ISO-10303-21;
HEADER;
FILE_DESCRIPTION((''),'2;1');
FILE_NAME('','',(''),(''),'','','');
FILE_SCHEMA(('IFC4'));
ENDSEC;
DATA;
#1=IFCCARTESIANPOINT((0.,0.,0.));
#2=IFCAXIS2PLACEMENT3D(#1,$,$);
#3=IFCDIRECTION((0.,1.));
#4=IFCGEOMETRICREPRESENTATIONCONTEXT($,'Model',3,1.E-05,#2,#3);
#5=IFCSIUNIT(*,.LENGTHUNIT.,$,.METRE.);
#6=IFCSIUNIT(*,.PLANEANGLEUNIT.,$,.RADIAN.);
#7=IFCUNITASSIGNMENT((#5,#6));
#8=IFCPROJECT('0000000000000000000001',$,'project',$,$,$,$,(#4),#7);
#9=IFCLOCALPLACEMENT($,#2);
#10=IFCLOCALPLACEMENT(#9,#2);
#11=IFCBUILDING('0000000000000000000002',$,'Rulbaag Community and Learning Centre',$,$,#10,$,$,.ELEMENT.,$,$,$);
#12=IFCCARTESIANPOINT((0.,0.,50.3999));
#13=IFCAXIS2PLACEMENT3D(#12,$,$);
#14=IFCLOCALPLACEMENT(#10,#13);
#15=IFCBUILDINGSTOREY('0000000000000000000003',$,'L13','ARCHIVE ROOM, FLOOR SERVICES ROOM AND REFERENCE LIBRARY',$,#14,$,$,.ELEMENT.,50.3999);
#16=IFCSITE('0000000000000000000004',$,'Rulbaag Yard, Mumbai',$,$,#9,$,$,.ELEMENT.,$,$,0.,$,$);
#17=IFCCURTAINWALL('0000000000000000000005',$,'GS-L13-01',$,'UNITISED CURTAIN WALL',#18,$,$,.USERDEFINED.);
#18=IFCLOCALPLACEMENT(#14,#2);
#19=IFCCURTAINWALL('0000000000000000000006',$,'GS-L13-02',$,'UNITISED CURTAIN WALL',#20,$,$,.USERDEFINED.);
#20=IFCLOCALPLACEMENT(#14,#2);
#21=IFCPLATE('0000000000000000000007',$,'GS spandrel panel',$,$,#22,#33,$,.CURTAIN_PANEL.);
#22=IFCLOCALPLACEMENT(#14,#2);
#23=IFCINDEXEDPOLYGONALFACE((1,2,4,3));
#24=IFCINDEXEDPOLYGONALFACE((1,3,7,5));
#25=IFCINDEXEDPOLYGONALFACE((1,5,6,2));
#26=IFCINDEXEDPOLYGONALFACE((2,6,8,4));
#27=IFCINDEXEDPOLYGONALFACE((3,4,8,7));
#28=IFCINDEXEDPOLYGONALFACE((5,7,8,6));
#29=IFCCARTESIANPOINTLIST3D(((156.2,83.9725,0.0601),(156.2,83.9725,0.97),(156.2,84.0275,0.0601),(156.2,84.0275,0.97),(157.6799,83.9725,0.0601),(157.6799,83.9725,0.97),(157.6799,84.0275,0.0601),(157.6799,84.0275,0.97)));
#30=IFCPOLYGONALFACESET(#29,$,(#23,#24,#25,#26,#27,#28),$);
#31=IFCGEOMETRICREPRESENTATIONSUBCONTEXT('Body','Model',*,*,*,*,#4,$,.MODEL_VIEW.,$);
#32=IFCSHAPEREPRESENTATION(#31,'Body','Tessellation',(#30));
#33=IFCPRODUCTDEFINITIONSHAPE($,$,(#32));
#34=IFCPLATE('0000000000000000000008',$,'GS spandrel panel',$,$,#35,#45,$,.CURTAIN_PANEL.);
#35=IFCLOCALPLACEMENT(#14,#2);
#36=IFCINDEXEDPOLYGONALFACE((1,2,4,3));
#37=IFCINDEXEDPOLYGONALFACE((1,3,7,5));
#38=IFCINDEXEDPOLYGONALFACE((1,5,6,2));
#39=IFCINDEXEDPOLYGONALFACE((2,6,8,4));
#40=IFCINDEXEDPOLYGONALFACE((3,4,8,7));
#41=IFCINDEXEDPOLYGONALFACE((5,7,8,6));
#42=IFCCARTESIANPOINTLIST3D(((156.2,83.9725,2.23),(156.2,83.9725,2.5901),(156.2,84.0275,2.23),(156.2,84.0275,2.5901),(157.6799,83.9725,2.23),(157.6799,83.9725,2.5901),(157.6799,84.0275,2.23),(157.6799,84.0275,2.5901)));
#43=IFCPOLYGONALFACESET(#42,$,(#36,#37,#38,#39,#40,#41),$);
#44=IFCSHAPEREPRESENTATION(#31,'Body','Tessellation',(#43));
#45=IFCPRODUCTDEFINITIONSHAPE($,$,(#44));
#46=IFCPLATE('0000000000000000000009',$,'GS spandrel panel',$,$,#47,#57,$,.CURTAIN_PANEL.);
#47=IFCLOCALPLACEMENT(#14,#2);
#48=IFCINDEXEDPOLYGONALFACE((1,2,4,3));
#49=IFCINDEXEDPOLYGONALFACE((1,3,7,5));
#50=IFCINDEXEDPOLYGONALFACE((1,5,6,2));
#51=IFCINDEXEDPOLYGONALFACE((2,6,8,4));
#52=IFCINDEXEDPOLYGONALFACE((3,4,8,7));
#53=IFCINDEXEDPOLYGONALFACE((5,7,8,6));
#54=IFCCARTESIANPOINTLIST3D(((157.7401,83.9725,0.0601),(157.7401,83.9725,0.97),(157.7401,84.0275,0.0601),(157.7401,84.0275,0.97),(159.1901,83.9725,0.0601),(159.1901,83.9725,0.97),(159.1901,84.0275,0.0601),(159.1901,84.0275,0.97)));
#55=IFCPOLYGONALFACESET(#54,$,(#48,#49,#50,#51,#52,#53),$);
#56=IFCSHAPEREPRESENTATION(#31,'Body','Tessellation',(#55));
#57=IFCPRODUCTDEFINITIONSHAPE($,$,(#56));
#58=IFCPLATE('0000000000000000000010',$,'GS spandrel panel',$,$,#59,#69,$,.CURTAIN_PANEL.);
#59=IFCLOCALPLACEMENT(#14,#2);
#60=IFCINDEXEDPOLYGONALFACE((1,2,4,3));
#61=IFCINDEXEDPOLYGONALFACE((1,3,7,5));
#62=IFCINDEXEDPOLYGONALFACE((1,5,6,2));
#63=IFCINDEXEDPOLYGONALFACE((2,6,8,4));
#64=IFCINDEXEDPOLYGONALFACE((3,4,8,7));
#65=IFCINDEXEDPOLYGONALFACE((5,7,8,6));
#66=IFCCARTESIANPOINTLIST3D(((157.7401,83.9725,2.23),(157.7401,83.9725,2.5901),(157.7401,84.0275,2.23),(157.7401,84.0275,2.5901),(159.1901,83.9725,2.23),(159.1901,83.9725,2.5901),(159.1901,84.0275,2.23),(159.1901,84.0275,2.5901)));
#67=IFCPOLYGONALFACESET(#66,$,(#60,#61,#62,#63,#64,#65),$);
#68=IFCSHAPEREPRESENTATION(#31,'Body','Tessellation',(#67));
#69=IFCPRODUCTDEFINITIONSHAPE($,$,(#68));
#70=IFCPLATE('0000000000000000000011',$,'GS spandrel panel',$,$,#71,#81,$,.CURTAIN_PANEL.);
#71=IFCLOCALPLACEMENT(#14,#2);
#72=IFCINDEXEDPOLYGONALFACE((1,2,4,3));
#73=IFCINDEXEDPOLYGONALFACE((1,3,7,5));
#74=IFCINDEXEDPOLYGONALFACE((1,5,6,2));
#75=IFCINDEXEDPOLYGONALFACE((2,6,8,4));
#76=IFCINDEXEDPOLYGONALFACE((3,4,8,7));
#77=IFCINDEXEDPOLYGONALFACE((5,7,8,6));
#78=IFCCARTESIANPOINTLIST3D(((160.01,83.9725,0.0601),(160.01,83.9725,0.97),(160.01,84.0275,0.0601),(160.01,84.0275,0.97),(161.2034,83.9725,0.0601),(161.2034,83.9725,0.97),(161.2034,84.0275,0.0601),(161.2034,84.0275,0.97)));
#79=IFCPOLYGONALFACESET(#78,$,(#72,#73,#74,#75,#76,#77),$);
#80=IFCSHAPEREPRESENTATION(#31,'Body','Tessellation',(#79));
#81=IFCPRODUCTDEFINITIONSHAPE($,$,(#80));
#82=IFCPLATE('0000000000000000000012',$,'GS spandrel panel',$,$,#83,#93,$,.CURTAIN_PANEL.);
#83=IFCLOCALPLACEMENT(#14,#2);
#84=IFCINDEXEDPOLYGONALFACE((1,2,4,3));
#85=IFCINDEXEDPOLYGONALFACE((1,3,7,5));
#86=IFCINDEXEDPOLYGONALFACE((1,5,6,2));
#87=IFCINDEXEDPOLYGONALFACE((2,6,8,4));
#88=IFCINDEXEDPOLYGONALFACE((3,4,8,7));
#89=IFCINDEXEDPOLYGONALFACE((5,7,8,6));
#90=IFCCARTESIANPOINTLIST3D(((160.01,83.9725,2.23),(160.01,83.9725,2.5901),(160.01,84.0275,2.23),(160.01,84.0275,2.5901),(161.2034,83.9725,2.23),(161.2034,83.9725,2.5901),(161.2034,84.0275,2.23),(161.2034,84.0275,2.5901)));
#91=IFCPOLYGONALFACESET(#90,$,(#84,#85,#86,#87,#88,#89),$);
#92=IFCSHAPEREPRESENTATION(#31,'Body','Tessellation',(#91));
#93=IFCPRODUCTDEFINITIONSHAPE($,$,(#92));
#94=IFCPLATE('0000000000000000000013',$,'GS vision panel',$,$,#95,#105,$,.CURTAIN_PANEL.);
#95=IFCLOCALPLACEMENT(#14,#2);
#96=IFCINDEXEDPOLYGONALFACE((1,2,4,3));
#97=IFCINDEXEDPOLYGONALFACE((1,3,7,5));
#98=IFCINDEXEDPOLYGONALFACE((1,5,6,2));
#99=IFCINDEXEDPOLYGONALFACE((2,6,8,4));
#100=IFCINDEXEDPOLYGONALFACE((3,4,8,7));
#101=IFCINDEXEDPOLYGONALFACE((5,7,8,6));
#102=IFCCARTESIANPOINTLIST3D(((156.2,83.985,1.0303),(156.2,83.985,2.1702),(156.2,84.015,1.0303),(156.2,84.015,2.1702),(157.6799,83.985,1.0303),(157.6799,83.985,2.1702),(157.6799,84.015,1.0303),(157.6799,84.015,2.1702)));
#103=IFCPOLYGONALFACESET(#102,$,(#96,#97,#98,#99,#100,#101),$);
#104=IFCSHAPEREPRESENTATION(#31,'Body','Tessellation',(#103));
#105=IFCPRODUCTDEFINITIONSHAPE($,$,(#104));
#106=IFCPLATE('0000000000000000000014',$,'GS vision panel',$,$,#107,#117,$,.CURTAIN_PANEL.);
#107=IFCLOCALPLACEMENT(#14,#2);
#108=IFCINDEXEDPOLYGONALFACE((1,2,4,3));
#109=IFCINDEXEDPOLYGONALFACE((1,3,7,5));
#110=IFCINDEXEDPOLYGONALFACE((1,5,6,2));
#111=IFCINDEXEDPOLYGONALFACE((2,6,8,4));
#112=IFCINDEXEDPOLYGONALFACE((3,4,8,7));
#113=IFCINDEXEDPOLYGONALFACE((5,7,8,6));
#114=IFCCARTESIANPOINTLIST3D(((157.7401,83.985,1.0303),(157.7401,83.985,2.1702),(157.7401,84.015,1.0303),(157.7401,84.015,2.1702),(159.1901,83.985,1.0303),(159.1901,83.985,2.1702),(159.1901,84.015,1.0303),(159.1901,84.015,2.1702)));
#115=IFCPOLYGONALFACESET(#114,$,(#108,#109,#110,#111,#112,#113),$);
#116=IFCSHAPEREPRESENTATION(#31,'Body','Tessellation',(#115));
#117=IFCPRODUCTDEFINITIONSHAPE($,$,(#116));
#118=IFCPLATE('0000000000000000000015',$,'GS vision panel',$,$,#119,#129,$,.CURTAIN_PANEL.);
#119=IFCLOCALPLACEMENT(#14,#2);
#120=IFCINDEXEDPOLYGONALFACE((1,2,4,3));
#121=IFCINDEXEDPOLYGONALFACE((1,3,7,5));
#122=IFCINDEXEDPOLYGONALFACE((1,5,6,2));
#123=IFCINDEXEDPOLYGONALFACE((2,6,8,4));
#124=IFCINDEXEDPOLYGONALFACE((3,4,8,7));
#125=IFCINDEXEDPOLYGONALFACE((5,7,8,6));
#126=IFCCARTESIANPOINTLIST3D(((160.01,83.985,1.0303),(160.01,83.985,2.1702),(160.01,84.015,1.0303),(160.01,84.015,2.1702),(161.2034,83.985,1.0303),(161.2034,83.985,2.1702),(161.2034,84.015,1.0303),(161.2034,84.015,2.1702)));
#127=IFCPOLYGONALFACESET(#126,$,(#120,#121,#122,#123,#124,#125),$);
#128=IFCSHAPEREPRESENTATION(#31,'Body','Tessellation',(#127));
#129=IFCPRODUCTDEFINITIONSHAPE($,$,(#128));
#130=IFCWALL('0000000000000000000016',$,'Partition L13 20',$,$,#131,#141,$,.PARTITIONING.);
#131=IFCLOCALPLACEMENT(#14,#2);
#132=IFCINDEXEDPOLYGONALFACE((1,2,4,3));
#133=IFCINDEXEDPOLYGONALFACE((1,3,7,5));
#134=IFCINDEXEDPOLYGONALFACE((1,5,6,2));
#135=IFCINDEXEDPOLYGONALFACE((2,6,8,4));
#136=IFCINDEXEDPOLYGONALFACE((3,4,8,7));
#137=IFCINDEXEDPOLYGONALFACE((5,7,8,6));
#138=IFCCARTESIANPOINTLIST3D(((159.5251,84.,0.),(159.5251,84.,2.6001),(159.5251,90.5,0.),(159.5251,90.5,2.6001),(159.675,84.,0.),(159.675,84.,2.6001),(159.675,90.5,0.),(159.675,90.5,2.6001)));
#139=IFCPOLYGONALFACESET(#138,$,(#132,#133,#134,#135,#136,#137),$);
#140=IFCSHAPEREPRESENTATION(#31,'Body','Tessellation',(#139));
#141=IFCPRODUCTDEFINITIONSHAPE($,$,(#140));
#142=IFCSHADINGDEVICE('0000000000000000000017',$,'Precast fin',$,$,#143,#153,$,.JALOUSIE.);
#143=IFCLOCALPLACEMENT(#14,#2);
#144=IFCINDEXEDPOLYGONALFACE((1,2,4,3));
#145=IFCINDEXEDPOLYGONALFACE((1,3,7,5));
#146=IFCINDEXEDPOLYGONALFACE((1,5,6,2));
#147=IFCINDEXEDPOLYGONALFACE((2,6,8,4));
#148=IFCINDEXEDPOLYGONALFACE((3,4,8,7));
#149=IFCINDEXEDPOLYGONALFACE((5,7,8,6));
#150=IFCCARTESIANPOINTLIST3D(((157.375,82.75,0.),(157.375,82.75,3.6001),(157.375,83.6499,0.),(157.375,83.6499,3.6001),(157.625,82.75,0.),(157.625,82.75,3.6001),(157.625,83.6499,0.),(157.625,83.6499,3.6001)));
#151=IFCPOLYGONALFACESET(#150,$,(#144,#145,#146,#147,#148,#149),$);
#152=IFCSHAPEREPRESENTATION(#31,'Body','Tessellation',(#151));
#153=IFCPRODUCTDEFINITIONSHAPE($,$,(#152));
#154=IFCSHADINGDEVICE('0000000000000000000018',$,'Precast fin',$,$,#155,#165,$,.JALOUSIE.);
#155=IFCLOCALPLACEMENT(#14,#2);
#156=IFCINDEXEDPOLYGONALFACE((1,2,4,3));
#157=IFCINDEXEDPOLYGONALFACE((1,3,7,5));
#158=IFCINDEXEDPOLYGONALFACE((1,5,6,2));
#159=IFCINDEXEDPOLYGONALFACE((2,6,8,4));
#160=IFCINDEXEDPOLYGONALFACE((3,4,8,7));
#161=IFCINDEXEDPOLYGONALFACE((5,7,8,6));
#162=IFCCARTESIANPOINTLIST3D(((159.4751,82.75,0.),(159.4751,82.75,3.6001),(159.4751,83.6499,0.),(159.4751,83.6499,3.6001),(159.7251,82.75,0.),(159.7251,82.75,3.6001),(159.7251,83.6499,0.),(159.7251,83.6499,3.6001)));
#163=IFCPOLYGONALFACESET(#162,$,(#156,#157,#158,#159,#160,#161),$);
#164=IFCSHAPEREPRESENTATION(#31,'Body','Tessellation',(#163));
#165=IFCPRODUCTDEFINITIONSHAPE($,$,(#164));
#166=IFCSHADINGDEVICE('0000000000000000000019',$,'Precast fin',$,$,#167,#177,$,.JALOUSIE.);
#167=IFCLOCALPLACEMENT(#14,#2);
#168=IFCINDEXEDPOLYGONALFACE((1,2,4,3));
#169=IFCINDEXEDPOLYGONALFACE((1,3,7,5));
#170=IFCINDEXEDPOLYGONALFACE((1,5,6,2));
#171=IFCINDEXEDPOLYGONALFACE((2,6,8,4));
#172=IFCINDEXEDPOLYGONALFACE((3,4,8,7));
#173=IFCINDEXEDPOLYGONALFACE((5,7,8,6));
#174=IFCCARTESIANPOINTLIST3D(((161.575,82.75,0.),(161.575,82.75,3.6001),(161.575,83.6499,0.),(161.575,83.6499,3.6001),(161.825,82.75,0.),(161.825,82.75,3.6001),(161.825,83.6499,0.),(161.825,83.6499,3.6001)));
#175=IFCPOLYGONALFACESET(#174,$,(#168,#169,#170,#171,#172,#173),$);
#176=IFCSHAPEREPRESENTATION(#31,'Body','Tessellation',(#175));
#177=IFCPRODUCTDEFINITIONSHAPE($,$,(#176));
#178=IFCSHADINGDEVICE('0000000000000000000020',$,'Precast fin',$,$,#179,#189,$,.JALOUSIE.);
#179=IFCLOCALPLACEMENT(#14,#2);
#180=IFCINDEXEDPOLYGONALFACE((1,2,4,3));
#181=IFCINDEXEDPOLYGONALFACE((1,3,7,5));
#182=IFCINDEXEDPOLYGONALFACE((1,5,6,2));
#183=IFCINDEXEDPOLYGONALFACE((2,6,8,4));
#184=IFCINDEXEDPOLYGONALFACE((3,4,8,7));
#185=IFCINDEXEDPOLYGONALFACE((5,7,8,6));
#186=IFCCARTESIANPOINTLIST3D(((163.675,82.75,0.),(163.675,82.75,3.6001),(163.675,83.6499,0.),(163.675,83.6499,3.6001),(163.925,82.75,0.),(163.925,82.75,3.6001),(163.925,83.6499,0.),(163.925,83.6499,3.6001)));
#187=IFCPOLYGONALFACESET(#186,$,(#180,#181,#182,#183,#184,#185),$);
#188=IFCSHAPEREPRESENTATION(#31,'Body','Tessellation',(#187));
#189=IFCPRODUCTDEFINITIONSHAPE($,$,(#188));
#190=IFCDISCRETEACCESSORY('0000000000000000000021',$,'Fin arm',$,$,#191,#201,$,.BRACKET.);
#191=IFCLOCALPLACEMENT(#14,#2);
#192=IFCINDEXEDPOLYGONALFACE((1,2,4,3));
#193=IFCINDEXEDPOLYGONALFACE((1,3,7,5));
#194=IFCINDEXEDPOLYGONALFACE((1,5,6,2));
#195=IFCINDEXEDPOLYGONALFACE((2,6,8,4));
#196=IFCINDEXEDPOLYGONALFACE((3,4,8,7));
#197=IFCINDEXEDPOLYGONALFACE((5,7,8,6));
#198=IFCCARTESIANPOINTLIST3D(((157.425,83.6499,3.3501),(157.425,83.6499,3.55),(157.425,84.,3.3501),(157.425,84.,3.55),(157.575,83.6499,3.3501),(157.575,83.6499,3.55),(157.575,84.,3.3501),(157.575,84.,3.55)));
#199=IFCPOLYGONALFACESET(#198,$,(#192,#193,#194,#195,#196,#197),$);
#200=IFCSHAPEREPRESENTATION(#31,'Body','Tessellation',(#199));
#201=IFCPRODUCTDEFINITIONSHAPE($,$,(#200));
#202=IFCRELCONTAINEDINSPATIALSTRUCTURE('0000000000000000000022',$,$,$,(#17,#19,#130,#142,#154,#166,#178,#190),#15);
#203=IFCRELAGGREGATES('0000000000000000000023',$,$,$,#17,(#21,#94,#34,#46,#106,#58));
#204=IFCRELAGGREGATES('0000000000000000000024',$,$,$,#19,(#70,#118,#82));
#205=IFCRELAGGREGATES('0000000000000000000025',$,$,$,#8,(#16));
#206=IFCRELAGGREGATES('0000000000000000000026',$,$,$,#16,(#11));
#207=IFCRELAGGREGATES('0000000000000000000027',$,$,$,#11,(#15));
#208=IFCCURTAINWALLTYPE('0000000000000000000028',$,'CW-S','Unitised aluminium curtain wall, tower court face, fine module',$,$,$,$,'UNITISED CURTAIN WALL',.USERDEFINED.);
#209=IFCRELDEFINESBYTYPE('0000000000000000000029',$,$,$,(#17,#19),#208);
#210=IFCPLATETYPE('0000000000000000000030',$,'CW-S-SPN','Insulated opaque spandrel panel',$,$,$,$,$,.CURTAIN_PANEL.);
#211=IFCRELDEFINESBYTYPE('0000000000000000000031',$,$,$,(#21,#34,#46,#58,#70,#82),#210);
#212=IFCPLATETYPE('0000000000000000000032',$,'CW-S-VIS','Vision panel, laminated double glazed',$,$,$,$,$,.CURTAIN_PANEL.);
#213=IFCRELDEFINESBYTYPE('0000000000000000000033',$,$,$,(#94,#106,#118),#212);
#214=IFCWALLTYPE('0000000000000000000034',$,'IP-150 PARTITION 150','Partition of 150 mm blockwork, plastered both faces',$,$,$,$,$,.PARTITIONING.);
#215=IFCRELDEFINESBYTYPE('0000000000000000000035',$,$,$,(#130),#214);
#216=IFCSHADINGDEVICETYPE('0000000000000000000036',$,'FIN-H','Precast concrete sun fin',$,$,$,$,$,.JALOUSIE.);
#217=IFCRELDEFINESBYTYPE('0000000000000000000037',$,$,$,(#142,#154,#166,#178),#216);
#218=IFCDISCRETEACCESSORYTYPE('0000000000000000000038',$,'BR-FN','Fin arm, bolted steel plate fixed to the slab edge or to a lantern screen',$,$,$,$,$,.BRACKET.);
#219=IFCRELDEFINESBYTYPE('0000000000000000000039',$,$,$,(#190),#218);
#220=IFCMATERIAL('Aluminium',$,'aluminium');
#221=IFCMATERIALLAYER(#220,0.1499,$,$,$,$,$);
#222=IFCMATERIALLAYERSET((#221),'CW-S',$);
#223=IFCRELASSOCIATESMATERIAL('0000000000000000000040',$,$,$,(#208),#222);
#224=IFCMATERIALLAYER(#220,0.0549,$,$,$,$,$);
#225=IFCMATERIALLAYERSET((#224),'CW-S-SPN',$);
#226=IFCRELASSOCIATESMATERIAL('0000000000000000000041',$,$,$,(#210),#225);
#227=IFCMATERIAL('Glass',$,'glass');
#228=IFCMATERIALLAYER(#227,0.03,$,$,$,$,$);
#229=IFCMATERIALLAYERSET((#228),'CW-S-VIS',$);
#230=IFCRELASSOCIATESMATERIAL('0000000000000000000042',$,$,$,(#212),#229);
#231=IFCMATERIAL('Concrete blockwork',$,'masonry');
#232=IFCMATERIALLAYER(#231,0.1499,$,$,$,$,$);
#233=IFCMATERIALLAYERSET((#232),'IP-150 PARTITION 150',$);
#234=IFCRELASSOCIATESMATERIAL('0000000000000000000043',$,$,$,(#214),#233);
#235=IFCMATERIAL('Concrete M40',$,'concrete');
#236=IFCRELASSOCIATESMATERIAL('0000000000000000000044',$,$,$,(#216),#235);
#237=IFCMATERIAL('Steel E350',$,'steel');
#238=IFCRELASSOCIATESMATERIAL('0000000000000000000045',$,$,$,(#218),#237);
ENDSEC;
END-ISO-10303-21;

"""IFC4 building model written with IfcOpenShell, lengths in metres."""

from ifc_helpers import new_model, si_unit, direction, frame, frame_2d, origin, origin_2d, place, context, subcontext, project, spatial, rectangle, extrude, material, layer, layer_set, material_profile, profile_set, type_object, element, aggregate, save


model = new_model("IFC4")

# Units and contexts
model_context = context("Model", 3, precision=1e-05, world=origin(), true_north=direction((0.0, 1.0)))
body_context = subcontext(model_context, "Body", "Model", "MODEL_VIEW")
ifc_project = project(units=[si_unit("LENGTHUNIT", "METRE"), si_unit("PLANEANGLEUNIT", "RADIAN")], contexts=[model_context])

# Site, building, storey
site_placement = place(None, origin())
site = spatial("IfcSite", under=ifc_project, at=site_placement, Name="Rulbaag Yard, Mumbai", CompositionType="ELEMENT", RefElevation=0.0)
building_placement = place(site_placement, origin())
building = spatial("IfcBuilding", under=site, at=building_placement, Name="Rulbaag Community and Learning Centre", CompositionType="ELEMENT")
storey_placement = place(building_placement, frame((0.0, 0.0, 50.3999)))
storey = spatial("IfcBuildingStorey", under=building, at=storey_placement, Name="L13", Description="ARCHIVE ROOM, FLOOR SERVICES ROOM AND REFERENCE LIBRARY", CompositionType="ELEMENT", Elevation=50.3999)

# Shared definitions
ifc_material_1 = material(Name="Concrete M40", Category="concrete")

# Curtain walls
ifc_material_2 = material(Name="Aluminium", Category="aluminium")
ifc_layer_1 = layer(ifc_material_2, 0.1499)
ifc_layer_set_1 = layer_set([ifc_layer_1], Name="CW-S")
curtain_wall_type = type_object("IfcCurtainWallType", Name="CW-S", Description="Unitised aluminium curtain wall, tower court face, fine module", ElementType="UNITISED CURTAIN WALL", PredefinedType="USERDEFINED", material=ifc_layer_set_1)
curtain_wall_1_placement = place(storey_placement, origin())
curtain_wall_1 = element("IfcCurtainWall", 1, at=curtain_wall_1_placement, inside=storey, type_object=curtain_wall_type, Name="GS-L13-01", ObjectType="UNITISED CURTAIN WALL", PredefinedType="USERDEFINED")
curtain_wall_2_placement = place(storey_placement, origin())
curtain_wall_2 = element("IfcCurtainWall", 2, at=curtain_wall_2_placement, inside=storey, type_object=curtain_wall_type, Name="GS-L13-02", ObjectType="UNITISED CURTAIN WALL", PredefinedType="USERDEFINED")

# Plates
ifc_layer_2 = layer(ifc_material_2, 0.0549)
ifc_layer_set_2 = layer_set([ifc_layer_2], Name="CW-S-SPN")
plate_type_1 = type_object("IfcPlateType", Name="CW-S-SPN", Description="Insulated opaque spandrel panel", PredefinedType="CURTAIN_PANEL", material=ifc_layer_set_2)
plate_1_placement = place(storey_placement, frame((156.9399, 84.0, 0.0601), z_axis=(0.0, 0.0, 1.0), x_axis=(1.0, 0.0, 0.0)))
plate_1 = element("IfcPlate", 3, at=plate_1_placement, type_object=plate_type_1, Name="GS spandrel panel", PredefinedType="CURTAIN_PANEL", context=body_context, shape_type="SweptSolid", body=[
    extrude(rectangle(XDim=1.48, YDim=0.0549, at=origin_2d()), origin(), (0.0, 0.0, 1.0), 0.9099),
])
plate_2_placement = place(storey_placement, frame((156.9399, 84.0, 2.23), z_axis=(0.0, 0.0, 1.0), x_axis=(1.0, 0.0, 0.0)))
plate_2 = element("IfcPlate", 4, at=plate_2_placement, type_object=plate_type_1, Name="GS spandrel panel", PredefinedType="CURTAIN_PANEL", context=body_context, shape_type="SweptSolid", body=[
    extrude(rectangle(XDim=1.48, YDim=0.0549, at=origin_2d()), origin(), (0.0, 0.0, 1.0), 0.3601),
])
plate_3_placement = place(storey_placement, frame((158.4651, 84.0, 0.0601), z_axis=(0.0, 0.0, 1.0), x_axis=(1.0, 0.0, 0.0)))
plate_3 = element("IfcPlate", 5, at=plate_3_placement, type_object=plate_type_1, Name="GS spandrel panel", PredefinedType="CURTAIN_PANEL", context=body_context, shape_type="SweptSolid", body=[
    extrude(rectangle(XDim=1.45, YDim=0.0549, at=origin_2d()), origin(), (0.0, 0.0, 1.0), 0.9099),
])
plate_4_placement = place(storey_placement, frame((158.4651, 84.0, 2.23), z_axis=(0.0, 0.0, 1.0), x_axis=(1.0, 0.0, 0.0)))
plate_4 = element("IfcPlate", 6, at=plate_4_placement, type_object=plate_type_1, Name="GS spandrel panel", PredefinedType="CURTAIN_PANEL", context=body_context, shape_type="SweptSolid", body=[
    extrude(rectangle(XDim=1.45, YDim=0.0549, at=origin_2d()), origin(), (0.0, 0.0, 1.0), 0.3601),
])
plate_5_placement = place(storey_placement, frame((160.6067, 84.0, 0.0601), z_axis=(0.0, 0.0, 1.0), x_axis=(1.0, 0.0, 0.0)))
plate_5 = element("IfcPlate", 7, at=plate_5_placement, type_object=plate_type_1, Name="GS spandrel panel", PredefinedType="CURTAIN_PANEL", context=body_context, shape_type="SweptSolid", body=[
    extrude(rectangle(XDim=1.1934, YDim=0.0549, at=origin_2d()), origin(), (0.0, 0.0, 1.0), 0.9099),
])
plate_6_placement = place(storey_placement, frame((160.6067, 84.0, 2.23), z_axis=(0.0, 0.0, 1.0), x_axis=(1.0, 0.0, 0.0)))
plate_6 = element("IfcPlate", 8, at=plate_6_placement, type_object=plate_type_1, Name="GS spandrel panel", PredefinedType="CURTAIN_PANEL", context=body_context, shape_type="SweptSolid", body=[
    extrude(rectangle(XDim=1.1934, YDim=0.0549, at=origin_2d()), origin(), (0.0, 0.0, 1.0), 0.3601),
])
ifc_material_3 = material(Name="Glass", Category="glass")
ifc_layer_3 = layer(ifc_material_3, 0.03)
ifc_layer_set_3 = layer_set([ifc_layer_3], Name="CW-S-VIS")
plate_type_2 = type_object("IfcPlateType", Name="CW-S-VIS", Description="Vision panel, laminated double glazed", PredefinedType="CURTAIN_PANEL", material=ifc_layer_set_3)
plate_7_placement = place(storey_placement, frame((156.9399, 84.0, 1.0303), z_axis=(0.0, 0.0, 1.0), x_axis=(1.0, 0.0, 0.0)))
plate_7 = element("IfcPlate", 9, at=plate_7_placement, type_object=plate_type_2, Name="GS vision panel", PredefinedType="CURTAIN_PANEL", context=body_context, shape_type="SweptSolid", body=[
    extrude(rectangle(XDim=1.48, YDim=0.03, at=origin_2d()), origin(), (0.0, 0.0, 1.0), 1.1399),
])
plate_8_placement = place(storey_placement, frame((158.4651, 84.0, 1.0303), z_axis=(0.0, 0.0, 1.0), x_axis=(1.0, 0.0, 0.0)))
plate_8 = element("IfcPlate", 10, at=plate_8_placement, type_object=plate_type_2, Name="GS vision panel", PredefinedType="CURTAIN_PANEL", context=body_context, shape_type="SweptSolid", body=[
    extrude(rectangle(XDim=1.45, YDim=0.03, at=origin_2d()), origin(), (0.0, 0.0, 1.0), 1.1399),
])
aggregate(curtain_wall_1, [plate_1, plate_7, plate_2, plate_3, plate_8, plate_4])
plate_9_placement = place(storey_placement, frame((160.6067, 84.0, 1.0303), z_axis=(0.0, 0.0, 1.0), x_axis=(1.0, 0.0, 0.0)))
plate_9 = element("IfcPlate", 11, at=plate_9_placement, type_object=plate_type_2, Name="GS vision panel", PredefinedType="CURTAIN_PANEL", context=body_context, shape_type="SweptSolid", body=[
    extrude(rectangle(XDim=1.1934, YDim=0.03, at=origin_2d()), origin(), (0.0, 0.0, 1.0), 1.1399),
])
aggregate(curtain_wall_2, [plate_5, plate_9, plate_6])

# Wall
ifc_material_4 = material(Name="Concrete blockwork", Category="masonry")
ifc_layer_4 = layer(ifc_material_4, 0.1499)
ifc_layer_set_4 = layer_set([ifc_layer_4], Name="IP-150 PARTITION 150")
wall_type = type_object("IfcWallType", Name="IP-150 PARTITION 150", Description="Partition of 150 mm blockwork, plastered both faces", PredefinedType="PARTITIONING", material=ifc_layer_set_4)
wall_placement = place(storey_placement, frame((159.6001, 84.0, 0.0), z_axis=(0.0, 0.0, 1.0), x_axis=(0.0, 1.0, 0.0)))
element("IfcWall", 12, at=wall_placement, inside=storey, type_object=wall_type, Name="Partition L13 20", PredefinedType="PARTITIONING", context=body_context, shape_type="SweptSolid", body=[
    extrude(rectangle(XDim=6.5, YDim=0.1499, at=frame_2d((3.25, 0.0))), origin(), (0.0, 0.0, 1.0), 2.6001),
])

# Shading devices
ifc_material_profile_1 = material_profile(ifc_material_1, rectangle(XDim=0.25, YDim=0.8999, at=origin_2d()), Name="PC 250x900")
ifc_profile_set_1 = profile_set([ifc_material_profile_1], Name="Concrete M40")
shading_device_type = type_object("IfcShadingDeviceType", Name="FIN-H", Description="Precast concrete sun fin", PredefinedType="JALOUSIE", material=ifc_profile_set_1)
for number, where, z_axis, x_axis, name in (
    (13, (157.5, 83.2, 0.0), (0.0, 0.0, 1.0), (1.0, 0.0, 0.0), "Precast fin"),
    (14, (159.6001, 83.2, 0.0), (0.0, 0.0, 1.0), (1.0, 0.0, 0.0), "Precast fin"),
    (15, (161.7, 83.2, 0.0), (0.0, 0.0, 1.0), (1.0, 0.0, 0.0), "Precast fin"),
    (16, (163.8, 83.2, 0.0), (0.0, 0.0, 1.0), (1.0, 0.0, 0.0), "Precast fin"),
):
    element("IfcShadingDevice", number, at=place(storey_placement, frame(where, z_axis=z_axis, x_axis=x_axis)), inside=storey, type_object=shading_device_type, Name=name, PredefinedType="JALOUSIE", context=body_context, shape_type="SweptSolid", body=[
        extrude(rectangle(XDim=0.25, YDim=0.8999, at=origin_2d()), origin(), (0.0, 0.0, 1.0), 3.6001),
    ])

# Discrete accessory
ifc_material_5 = material(Name="Steel E350", Category="steel")
discrete_accessory_type = type_object("IfcDiscreteAccessoryType", Name="BR-FN", Description="Fin arm, bolted steel plate fixed to the slab edge or to a lantern screen", PredefinedType="BRACKET", material=ifc_material_5)
for number, where, z_axis, x_axis, name in (
    (17, (157.5, 83.825, 3.3501), (0.0, 0.0, 1.0), (1.0, 0.0, 0.0), "Fin arm"),
):
    element("IfcDiscreteAccessory", number, at=place(storey_placement, frame(where, z_axis=z_axis, x_axis=x_axis)), inside=storey, type_object=discrete_accessory_type, Name=name, PredefinedType="BRACKET", context=body_context, shape_type="SweptSolid", body=[
        extrude(rectangle(XDim=0.1499, YDim=0.3501, at=origin_2d()), origin(), (0.0, 0.0, 1.0), 0.2),
    ])

save(model, "model.ifc")
